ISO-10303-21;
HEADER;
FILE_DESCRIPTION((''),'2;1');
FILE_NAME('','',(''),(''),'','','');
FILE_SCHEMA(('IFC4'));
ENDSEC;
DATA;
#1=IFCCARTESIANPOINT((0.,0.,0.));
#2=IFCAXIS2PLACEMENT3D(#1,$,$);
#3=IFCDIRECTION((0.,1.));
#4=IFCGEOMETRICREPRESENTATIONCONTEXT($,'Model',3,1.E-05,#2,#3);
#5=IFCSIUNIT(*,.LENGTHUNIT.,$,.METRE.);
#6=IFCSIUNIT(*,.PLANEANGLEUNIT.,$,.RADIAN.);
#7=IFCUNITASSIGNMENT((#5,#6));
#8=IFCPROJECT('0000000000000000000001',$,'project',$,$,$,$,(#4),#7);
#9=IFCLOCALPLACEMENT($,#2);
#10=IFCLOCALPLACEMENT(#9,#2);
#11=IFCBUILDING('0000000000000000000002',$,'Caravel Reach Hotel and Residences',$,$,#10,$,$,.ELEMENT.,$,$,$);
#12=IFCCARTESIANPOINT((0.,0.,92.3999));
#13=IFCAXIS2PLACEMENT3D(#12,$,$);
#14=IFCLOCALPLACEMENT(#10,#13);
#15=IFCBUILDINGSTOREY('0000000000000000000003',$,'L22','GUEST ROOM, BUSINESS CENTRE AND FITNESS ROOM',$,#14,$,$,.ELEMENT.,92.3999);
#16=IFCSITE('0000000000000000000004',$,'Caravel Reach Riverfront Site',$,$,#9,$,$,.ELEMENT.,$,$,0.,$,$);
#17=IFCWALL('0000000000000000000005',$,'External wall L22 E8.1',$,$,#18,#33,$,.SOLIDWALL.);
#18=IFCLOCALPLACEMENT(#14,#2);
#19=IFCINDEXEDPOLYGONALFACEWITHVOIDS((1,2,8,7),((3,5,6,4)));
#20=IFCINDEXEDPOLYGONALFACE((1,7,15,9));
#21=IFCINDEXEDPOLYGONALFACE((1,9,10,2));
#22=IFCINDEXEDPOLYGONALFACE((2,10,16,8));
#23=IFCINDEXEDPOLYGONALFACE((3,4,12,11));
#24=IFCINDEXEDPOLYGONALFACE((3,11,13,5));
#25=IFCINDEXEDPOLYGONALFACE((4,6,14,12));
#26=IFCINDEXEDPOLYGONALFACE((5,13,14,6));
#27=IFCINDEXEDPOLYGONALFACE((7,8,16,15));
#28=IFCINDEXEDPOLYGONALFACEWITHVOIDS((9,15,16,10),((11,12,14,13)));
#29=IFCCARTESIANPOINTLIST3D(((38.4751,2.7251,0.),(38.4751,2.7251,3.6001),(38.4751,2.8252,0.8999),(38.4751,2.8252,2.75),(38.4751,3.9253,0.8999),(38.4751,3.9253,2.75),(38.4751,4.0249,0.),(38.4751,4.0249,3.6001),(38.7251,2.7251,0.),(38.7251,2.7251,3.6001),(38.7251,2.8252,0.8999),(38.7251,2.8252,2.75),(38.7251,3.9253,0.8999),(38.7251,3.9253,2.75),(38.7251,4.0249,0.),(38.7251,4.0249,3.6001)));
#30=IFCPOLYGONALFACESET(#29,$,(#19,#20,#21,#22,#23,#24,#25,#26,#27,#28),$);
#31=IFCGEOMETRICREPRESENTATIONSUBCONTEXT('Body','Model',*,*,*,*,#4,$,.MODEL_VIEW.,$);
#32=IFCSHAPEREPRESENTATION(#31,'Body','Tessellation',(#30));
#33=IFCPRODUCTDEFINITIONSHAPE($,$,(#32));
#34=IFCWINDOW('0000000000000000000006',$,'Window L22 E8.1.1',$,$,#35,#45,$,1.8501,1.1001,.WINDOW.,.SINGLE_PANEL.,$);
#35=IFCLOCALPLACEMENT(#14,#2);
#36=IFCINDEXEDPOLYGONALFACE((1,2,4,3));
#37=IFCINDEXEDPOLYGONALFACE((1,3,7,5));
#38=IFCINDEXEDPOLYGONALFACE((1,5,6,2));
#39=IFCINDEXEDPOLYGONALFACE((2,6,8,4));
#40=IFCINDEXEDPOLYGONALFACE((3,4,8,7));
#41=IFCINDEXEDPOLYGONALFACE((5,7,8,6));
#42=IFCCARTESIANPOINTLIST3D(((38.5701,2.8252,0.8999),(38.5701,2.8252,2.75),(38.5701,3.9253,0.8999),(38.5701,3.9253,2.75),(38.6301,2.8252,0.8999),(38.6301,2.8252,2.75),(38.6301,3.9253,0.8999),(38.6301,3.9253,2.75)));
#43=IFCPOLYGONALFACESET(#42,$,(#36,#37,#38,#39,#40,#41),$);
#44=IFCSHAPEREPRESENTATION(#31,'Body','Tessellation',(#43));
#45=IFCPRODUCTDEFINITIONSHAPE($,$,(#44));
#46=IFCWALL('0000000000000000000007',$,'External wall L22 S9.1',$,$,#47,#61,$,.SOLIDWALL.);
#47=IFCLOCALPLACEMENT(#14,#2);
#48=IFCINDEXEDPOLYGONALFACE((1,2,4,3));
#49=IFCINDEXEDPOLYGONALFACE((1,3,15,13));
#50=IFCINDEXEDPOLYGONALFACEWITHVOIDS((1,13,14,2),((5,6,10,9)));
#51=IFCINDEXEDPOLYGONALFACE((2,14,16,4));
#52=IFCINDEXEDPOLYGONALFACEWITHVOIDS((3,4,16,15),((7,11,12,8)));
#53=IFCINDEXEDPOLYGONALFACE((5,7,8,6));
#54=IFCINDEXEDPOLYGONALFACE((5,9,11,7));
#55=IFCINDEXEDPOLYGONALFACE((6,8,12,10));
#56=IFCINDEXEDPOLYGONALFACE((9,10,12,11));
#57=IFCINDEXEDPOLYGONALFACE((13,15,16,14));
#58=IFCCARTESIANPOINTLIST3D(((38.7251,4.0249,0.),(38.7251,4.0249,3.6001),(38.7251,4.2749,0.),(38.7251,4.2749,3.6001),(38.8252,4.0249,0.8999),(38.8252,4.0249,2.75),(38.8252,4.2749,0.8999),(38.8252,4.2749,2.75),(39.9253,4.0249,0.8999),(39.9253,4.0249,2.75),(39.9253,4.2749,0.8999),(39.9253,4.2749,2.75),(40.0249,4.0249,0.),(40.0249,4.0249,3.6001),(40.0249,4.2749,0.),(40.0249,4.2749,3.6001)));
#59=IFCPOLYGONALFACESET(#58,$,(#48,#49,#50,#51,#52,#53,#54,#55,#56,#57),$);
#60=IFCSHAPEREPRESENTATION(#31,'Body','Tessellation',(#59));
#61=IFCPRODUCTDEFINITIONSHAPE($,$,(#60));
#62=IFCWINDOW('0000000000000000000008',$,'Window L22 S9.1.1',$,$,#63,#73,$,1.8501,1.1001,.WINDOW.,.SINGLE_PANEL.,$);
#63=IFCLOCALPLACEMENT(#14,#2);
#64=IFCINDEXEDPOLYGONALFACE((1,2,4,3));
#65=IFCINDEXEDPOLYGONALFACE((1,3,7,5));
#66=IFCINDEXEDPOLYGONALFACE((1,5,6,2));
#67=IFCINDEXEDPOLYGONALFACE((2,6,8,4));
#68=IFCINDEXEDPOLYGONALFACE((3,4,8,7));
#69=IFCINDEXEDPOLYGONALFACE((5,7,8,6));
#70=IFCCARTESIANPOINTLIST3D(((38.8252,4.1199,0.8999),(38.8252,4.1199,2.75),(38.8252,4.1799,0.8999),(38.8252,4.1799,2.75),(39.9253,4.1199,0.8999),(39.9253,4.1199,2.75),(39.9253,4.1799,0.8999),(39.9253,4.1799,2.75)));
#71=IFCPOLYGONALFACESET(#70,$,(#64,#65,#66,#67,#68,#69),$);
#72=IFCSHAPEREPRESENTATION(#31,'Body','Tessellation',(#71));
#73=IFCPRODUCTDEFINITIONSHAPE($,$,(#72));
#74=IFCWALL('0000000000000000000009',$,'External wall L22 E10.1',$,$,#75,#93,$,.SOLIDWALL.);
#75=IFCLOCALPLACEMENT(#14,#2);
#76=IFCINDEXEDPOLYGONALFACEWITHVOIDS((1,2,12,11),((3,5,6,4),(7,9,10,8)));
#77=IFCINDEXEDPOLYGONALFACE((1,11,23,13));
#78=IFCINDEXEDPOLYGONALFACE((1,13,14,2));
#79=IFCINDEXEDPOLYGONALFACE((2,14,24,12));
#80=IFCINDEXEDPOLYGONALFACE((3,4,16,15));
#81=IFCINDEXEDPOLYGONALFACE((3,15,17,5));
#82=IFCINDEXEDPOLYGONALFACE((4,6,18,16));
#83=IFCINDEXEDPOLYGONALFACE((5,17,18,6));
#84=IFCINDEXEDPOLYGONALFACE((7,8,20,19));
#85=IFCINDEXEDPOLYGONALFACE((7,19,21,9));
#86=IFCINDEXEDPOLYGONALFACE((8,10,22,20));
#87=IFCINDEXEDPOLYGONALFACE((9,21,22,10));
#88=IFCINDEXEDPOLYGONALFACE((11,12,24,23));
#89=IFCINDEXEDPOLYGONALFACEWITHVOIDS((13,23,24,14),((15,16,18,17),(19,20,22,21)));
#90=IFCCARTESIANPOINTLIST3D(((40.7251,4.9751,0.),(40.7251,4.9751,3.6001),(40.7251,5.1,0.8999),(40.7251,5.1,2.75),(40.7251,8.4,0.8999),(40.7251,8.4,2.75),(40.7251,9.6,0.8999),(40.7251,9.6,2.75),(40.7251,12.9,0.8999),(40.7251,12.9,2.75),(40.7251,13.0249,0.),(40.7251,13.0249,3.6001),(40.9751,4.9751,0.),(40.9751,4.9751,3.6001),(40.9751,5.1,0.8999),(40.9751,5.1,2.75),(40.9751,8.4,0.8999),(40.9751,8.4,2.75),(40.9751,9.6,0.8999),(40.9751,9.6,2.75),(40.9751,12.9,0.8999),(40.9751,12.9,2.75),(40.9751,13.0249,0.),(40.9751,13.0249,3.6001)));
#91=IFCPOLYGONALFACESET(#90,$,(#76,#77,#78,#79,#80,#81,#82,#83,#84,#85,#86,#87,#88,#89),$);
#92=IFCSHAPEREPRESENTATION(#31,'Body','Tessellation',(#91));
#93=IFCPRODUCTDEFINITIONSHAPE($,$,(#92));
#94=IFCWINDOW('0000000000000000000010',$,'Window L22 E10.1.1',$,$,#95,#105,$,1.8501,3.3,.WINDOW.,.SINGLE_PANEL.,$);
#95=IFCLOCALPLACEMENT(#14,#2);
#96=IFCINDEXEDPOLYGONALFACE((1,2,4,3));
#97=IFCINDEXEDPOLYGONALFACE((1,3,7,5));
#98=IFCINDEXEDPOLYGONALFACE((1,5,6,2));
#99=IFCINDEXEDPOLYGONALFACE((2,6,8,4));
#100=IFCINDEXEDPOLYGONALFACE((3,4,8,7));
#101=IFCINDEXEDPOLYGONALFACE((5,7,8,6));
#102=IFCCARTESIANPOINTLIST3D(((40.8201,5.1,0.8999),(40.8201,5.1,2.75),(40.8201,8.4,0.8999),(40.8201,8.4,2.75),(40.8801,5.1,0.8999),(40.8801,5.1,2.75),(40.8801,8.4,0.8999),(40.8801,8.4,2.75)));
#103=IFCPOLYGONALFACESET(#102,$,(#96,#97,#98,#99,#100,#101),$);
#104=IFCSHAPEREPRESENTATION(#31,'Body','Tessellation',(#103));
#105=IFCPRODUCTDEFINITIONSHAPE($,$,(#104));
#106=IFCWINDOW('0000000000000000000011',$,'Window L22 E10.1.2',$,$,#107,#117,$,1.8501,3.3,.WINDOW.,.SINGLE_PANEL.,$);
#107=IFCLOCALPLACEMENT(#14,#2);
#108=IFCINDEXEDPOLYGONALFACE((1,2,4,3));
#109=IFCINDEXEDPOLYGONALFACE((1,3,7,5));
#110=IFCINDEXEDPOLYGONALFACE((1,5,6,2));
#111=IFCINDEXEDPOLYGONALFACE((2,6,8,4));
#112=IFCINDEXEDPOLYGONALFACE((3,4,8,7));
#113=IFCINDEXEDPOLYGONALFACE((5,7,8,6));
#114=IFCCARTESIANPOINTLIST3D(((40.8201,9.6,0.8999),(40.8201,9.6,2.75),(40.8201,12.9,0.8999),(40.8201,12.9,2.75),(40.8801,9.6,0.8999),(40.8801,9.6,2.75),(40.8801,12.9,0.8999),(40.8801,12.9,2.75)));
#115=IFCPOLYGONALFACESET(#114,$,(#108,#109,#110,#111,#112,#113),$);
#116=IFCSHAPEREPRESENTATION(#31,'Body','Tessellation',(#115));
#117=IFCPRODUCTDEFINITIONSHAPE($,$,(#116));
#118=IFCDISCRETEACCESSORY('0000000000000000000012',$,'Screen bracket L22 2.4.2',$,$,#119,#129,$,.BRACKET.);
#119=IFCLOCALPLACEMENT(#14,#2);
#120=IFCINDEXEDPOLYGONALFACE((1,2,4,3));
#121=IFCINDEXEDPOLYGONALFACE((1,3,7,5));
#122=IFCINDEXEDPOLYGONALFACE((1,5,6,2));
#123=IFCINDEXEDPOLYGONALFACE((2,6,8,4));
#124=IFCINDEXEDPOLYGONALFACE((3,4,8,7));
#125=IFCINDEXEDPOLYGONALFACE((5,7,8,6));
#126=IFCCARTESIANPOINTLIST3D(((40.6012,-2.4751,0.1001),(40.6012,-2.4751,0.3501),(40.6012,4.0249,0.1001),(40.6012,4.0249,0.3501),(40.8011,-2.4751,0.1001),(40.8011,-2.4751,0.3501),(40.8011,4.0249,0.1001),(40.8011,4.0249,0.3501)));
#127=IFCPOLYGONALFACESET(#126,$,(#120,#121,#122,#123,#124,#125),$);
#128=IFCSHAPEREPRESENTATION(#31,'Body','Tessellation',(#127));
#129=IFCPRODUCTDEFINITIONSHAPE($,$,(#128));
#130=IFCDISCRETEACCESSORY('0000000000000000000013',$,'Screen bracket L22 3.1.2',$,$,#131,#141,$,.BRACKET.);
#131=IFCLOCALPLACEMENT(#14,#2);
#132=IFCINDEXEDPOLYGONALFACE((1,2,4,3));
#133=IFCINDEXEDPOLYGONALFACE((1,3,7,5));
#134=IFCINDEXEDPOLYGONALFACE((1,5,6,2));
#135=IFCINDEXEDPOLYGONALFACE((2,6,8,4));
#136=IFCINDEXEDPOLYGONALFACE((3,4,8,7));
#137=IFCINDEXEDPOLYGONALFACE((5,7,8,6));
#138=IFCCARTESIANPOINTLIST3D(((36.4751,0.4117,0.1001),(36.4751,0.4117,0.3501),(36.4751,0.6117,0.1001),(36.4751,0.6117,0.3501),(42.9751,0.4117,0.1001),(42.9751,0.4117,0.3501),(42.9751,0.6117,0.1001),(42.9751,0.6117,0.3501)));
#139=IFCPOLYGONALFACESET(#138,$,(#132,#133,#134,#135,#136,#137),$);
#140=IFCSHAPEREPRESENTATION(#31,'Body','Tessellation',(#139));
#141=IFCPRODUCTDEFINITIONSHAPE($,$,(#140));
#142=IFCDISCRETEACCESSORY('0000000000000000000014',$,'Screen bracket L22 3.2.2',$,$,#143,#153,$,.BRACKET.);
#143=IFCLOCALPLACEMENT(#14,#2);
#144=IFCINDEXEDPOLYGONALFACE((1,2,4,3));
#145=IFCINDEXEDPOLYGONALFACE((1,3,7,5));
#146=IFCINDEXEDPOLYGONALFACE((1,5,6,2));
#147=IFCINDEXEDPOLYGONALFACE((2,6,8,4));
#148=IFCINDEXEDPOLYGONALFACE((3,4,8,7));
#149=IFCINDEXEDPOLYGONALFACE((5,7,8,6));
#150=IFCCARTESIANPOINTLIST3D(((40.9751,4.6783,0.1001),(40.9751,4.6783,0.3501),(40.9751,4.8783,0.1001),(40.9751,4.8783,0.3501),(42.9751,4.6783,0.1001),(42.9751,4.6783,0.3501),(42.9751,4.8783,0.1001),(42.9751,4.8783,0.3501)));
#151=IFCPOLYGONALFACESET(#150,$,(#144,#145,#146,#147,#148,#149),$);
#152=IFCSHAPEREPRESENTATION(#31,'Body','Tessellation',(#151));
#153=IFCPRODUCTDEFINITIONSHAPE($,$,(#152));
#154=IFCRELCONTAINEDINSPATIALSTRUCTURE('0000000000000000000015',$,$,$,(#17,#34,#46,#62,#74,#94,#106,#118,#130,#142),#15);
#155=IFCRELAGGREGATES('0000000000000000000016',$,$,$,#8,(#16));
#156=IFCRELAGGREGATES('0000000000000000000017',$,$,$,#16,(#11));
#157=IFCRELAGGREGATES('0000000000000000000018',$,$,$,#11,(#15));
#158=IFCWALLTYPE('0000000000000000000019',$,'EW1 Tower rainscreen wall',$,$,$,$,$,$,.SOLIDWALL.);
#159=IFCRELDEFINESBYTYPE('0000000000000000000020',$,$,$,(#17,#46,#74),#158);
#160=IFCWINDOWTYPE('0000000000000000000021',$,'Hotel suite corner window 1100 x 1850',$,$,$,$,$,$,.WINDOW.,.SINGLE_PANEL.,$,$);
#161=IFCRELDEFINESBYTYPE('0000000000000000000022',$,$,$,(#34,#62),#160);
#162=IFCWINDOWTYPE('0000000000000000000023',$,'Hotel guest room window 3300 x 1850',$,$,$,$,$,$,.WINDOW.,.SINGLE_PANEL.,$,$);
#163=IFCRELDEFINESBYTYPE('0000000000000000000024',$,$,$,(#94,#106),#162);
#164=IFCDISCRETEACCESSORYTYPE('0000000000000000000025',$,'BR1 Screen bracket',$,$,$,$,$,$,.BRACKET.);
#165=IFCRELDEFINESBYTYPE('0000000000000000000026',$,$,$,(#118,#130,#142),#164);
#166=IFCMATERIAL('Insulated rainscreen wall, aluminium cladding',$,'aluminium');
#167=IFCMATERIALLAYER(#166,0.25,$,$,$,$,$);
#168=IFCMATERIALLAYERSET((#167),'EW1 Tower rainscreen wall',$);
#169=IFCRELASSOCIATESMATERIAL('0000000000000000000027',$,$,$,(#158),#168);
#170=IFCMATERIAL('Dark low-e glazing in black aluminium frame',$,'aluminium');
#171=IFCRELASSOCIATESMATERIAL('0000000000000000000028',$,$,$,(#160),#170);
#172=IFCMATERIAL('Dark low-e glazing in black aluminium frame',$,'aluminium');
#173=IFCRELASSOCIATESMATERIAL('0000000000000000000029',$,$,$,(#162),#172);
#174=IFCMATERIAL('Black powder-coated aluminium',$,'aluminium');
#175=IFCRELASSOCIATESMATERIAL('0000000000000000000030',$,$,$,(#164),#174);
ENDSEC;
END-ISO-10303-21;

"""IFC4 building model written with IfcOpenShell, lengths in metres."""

from ifc_helpers import new_model, si_unit, direction, frame, frame_2d, origin, origin_2d, place, context, subcontext, project, spatial, rectangle, extrude, material, layer, layer_set, type_object, element, fill, save


model = new_model("IFC4")

# Units and contexts
model_context = context("Model", 3, precision=1e-05, world=origin(), true_north=direction((0.0, 1.0)))
body_context = subcontext(model_context, "Body", "Model", "MODEL_VIEW")
ifc_project = project(units=[si_unit("LENGTHUNIT", "METRE"), si_unit("PLANEANGLEUNIT", "RADIAN")], contexts=[model_context])

# Site, building, storey
site_placement = place(None, origin())
site = spatial("IfcSite", under=ifc_project, at=site_placement, Name="Caravel Reach Riverfront Site", CompositionType="ELEMENT", RefElevation=0.0)
building_placement = place(site_placement, origin())
building = spatial("IfcBuilding", under=site, at=building_placement, Name="Caravel Reach Hotel and Residences", CompositionType="ELEMENT")
storey_placement = place(building_placement, frame((0.0, 0.0, 92.3999)))
storey = spatial("IfcBuildingStorey", under=building, at=storey_placement, Name="L22", Description="GUEST ROOM, BUSINESS CENTRE AND FITNESS ROOM", CompositionType="ELEMENT", Elevation=92.3999)

# Walls, openings, windows
ifc_material_1 = material(Name="Insulated rainscreen wall, aluminium cladding", Category="aluminium")
ifc_layer = layer(ifc_material_1, 0.25)
ifc_layer_set = layer_set([ifc_layer], Name="EW1 Tower rainscreen wall")
wall_type = type_object("IfcWallType", Name="EW1 Tower rainscreen wall", PredefinedType="SOLIDWALL", material=ifc_layer_set)
wall_1_placement = place(storey_placement, frame((38.6001, 2.7251, 0.0), z_axis=(0.0, 0.0, 1.0), x_axis=(0.0, 1.0, 0.0)))
wall_1 = element("IfcWall", 1, at=wall_1_placement, inside=storey, type_object=wall_type, Name="External wall L22 E8.1", PredefinedType="SOLIDWALL", context=body_context, shape_type="SweptSolid", body=[
    extrude(rectangle(XDim=1.2998, YDim=0.25, at=frame_2d((0.6499, 0.0))), origin(), (0.0, 0.0, 1.0), 3.6001),
])
opening_1_placement = place(wall_1_placement, frame((0.1001, 0.0, 0.8999)))
opening_1 = element("IfcOpeningElement", 2, at=opening_1_placement, cuts=wall_1, PredefinedType="OPENING", context=body_context, shape_type="SweptSolid", body=[
    extrude(rectangle(XDim=1.1001, YDim=1.8501, at=frame_2d((0.55, 0.925))), frame((0.0, 0.135, 0.0), z_axis=(0.0, -1.0, 0.0), x_axis=(1.0, 0.0, 0.0)), (0.0, 0.0, 1.0), 0.27),
])
ifc_material_2 = material(Name="Dark low-e glazing in black aluminium frame", Category="aluminium")
window_type_1 = type_object("IfcWindowType", Name="Hotel suite corner window 1100 x 1850", PartitioningType="SINGLE_PANEL", PredefinedType="WINDOW", material=ifc_material_2)
window_1_placement = place(opening_1_placement, origin())
window_1 = element("IfcWindow", 3, at=window_1_placement, inside=storey, type_object=window_type_1, Name="Window L22 E8.1.1", OverallHeight=1.8501, OverallWidth=1.1001, PartitioningType="SINGLE_PANEL", PredefinedType="WINDOW", context=body_context, shape_type="SweptSolid", body=[
    extrude(rectangle(XDim=1.1001, YDim=1.8501, at=frame_2d((0.55, 0.925))), frame((0.0, 0.03, 0.0), z_axis=(0.0, -1.0, 0.0), x_axis=(1.0, 0.0, 0.0)), (0.0, 0.0, 1.0), 0.0601),
])
fill(opening_1, window_1)
wall_2_placement = place(storey_placement, frame((38.7251, 4.1499, 0.0), z_axis=(0.0, 0.0, 1.0), x_axis=(1.0, 0.0, 0.0)))
wall_2 = element("IfcWall", 4, at=wall_2_placement, inside=storey, type_object=wall_type, Name="External wall L22 S9.1", PredefinedType="SOLIDWALL", context=body_context, shape_type="SweptSolid", body=[
    extrude(rectangle(XDim=1.2998, YDim=0.25, at=frame_2d((0.6499, 0.0))), origin(), (0.0, 0.0, 1.0), 3.6001),
])
opening_2_placement = place(wall_2_placement, frame((0.1001, 0.0, 0.8999)))
opening_2 = element("IfcOpeningElement", 5, at=opening_2_placement, cuts=wall_2, PredefinedType="OPENING", context=body_context, shape_type="SweptSolid", body=[
    extrude(rectangle(XDim=1.1001, YDim=1.8501, at=frame_2d((0.55, 0.925))), frame((0.0, 0.135, 0.0), z_axis=(0.0, -1.0, 0.0), x_axis=(1.0, 0.0, 0.0)), (0.0, 0.0, 1.0), 0.27),
])
window_2_placement = place(opening_2_placement, origin())
window_2 = element("IfcWindow", 6, at=window_2_placement, inside=storey, type_object=window_type_1, Name="Window L22 S9.1.1", OverallHeight=1.8501, OverallWidth=1.1001, PartitioningType="SINGLE_PANEL", PredefinedType="WINDOW", context=body_context, shape_type="SweptSolid", body=[
    extrude(rectangle(XDim=1.1001, YDim=1.8501, at=frame_2d((0.55, 0.925))), frame((0.0, 0.03, 0.0), z_axis=(0.0, -1.0, 0.0), x_axis=(1.0, 0.0, 0.0)), (0.0, 0.0, 1.0), 0.0601),
])
fill(opening_2, window_2)

# Wall, openings, windows
wall_3_placement = place(storey_placement, frame((40.8501, 4.9751, 0.0), z_axis=(0.0, 0.0, 1.0), x_axis=(0.0, 1.0, 0.0)))
wall_3 = element("IfcWall", 7, at=wall_3_placement, inside=storey, type_object=wall_type, Name="External wall L22 E10.1", PredefinedType="SOLIDWALL", context=body_context, shape_type="SweptSolid", body=[
    extrude(rectangle(XDim=8.0498, YDim=0.25, at=frame_2d((4.0249, 0.0))), origin(), (0.0, 0.0, 1.0), 3.6001),
])
opening_3_placement = place(wall_3_placement, frame((0.125, 0.0, 0.8999)))
opening_3 = element("IfcOpeningElement", 8, at=opening_3_placement, cuts=wall_3, PredefinedType="OPENING", context=body_context, shape_type="SweptSolid", body=[
    extrude(rectangle(XDim=3.3, YDim=1.8501, at=frame_2d((1.6499, 0.925))), frame((0.0, 0.135, 0.0), z_axis=(0.0, -1.0, 0.0), x_axis=(1.0, 0.0, 0.0)), (0.0, 0.0, 1.0), 0.27),
])
opening_4_placement = place(wall_3_placement, frame((4.625, 0.0, 0.8999)))
opening_4 = element("IfcOpeningElement", 9, at=opening_4_placement, cuts=wall_3, PredefinedType="OPENING", context=body_context, shape_type="SweptSolid", body=[
    extrude(rectangle(XDim=3.3, YDim=1.8501, at=frame_2d((1.6499, 0.925))), frame((0.0, 0.135, 0.0), z_axis=(0.0, -1.0, 0.0), x_axis=(1.0, 0.0, 0.0)), (0.0, 0.0, 1.0), 0.27),
])
ifc_material_3 = material(Name="Dark low-e glazing in black aluminium frame", Category="aluminium")
window_type_2 = type_object("IfcWindowType", Name="Hotel guest room window 3300 x 1850", PartitioningType="SINGLE_PANEL", PredefinedType="WINDOW", material=ifc_material_3)
window_3_placement = place(opening_3_placement, origin())
window_3 = element("IfcWindow", 10, at=window_3_placement, inside=storey, type_object=window_type_2, Name="Window L22 E10.1.1", OverallHeight=1.8501, OverallWidth=3.3, PartitioningType="SINGLE_PANEL", PredefinedType="WINDOW", context=body_context, shape_type="SweptSolid", body=[
    extrude(rectangle(XDim=3.3, YDim=1.8501, at=frame_2d((1.6499, 0.925))), frame((0.0, 0.03, 0.0), z_axis=(0.0, -1.0, 0.0), x_axis=(1.0, 0.0, 0.0)), (0.0, 0.0, 1.0), 0.0601),
])
fill(opening_3, window_3)
window_4_placement = place(opening_4_placement, origin())
window_4 = element("IfcWindow", 11, at=window_4_placement, inside=storey, type_object=window_type_2, Name="Window L22 E10.1.2", OverallHeight=1.8501, OverallWidth=3.3, PartitioningType="SINGLE_PANEL", PredefinedType="WINDOW", context=body_context, shape_type="SweptSolid", body=[
    extrude(rectangle(XDim=3.3, YDim=1.8501, at=frame_2d((1.6499, 0.925))), frame((0.0, 0.03, 0.0), z_axis=(0.0, -1.0, 0.0), x_axis=(1.0, 0.0, 0.0)), (0.0, 0.0, 1.0), 0.0601),
])
fill(opening_4, window_4)

# Discrete accessories
ifc_material_4 = material(Name="Black powder-coated aluminium", Category="aluminium")
discrete_accessory_type = type_object("IfcDiscreteAccessoryType", Name="BR1 Screen bracket", PredefinedType="BRACKET", material=ifc_material_4)
for number, where, z_axis, x_axis, name in (
    (12, (40.7012, 0.7749, 0.1001), (0.0, 0.0, 1.0), (0.0, -1.0, 0.0), "Screen bracket L22 2.4.2"),
    (13, (39.7251, 0.5117, 0.1001), (0.0, 0.0, 1.0), (1.0, 0.0, 0.0), "Screen bracket L22 3.1.2"),
):
    element("IfcDiscreteAccessory", number, at=place(storey_placement, frame(where, z_axis=z_axis, x_axis=x_axis)), inside=storey, type_object=discrete_accessory_type, Name=name, PredefinedType="BRACKET", context=body_context, shape_type="SweptSolid", body=[
        extrude(rectangle(XDim=6.5, YDim=0.2, at=origin_2d()), origin(), (0.0, 0.0, 1.0), 0.25),
    ])
discrete_accessory_placement = place(storey_placement, frame((41.9751, 4.7783, 0.1001), z_axis=(0.0, 0.0, 1.0), x_axis=(1.0, 0.0, 0.0)))
element("IfcDiscreteAccessory", 14, at=discrete_accessory_placement, inside=storey, type_object=discrete_accessory_type, Name="Screen bracket L22 3.2.2", PredefinedType="BRACKET", context=body_context, shape_type="SweptSolid", body=[
    extrude(rectangle(XDim=2.0, YDim=0.2, at=origin_2d()), origin(), (0.0, 0.0, 1.0), 0.25),
])

save(model, "model.ifc")
